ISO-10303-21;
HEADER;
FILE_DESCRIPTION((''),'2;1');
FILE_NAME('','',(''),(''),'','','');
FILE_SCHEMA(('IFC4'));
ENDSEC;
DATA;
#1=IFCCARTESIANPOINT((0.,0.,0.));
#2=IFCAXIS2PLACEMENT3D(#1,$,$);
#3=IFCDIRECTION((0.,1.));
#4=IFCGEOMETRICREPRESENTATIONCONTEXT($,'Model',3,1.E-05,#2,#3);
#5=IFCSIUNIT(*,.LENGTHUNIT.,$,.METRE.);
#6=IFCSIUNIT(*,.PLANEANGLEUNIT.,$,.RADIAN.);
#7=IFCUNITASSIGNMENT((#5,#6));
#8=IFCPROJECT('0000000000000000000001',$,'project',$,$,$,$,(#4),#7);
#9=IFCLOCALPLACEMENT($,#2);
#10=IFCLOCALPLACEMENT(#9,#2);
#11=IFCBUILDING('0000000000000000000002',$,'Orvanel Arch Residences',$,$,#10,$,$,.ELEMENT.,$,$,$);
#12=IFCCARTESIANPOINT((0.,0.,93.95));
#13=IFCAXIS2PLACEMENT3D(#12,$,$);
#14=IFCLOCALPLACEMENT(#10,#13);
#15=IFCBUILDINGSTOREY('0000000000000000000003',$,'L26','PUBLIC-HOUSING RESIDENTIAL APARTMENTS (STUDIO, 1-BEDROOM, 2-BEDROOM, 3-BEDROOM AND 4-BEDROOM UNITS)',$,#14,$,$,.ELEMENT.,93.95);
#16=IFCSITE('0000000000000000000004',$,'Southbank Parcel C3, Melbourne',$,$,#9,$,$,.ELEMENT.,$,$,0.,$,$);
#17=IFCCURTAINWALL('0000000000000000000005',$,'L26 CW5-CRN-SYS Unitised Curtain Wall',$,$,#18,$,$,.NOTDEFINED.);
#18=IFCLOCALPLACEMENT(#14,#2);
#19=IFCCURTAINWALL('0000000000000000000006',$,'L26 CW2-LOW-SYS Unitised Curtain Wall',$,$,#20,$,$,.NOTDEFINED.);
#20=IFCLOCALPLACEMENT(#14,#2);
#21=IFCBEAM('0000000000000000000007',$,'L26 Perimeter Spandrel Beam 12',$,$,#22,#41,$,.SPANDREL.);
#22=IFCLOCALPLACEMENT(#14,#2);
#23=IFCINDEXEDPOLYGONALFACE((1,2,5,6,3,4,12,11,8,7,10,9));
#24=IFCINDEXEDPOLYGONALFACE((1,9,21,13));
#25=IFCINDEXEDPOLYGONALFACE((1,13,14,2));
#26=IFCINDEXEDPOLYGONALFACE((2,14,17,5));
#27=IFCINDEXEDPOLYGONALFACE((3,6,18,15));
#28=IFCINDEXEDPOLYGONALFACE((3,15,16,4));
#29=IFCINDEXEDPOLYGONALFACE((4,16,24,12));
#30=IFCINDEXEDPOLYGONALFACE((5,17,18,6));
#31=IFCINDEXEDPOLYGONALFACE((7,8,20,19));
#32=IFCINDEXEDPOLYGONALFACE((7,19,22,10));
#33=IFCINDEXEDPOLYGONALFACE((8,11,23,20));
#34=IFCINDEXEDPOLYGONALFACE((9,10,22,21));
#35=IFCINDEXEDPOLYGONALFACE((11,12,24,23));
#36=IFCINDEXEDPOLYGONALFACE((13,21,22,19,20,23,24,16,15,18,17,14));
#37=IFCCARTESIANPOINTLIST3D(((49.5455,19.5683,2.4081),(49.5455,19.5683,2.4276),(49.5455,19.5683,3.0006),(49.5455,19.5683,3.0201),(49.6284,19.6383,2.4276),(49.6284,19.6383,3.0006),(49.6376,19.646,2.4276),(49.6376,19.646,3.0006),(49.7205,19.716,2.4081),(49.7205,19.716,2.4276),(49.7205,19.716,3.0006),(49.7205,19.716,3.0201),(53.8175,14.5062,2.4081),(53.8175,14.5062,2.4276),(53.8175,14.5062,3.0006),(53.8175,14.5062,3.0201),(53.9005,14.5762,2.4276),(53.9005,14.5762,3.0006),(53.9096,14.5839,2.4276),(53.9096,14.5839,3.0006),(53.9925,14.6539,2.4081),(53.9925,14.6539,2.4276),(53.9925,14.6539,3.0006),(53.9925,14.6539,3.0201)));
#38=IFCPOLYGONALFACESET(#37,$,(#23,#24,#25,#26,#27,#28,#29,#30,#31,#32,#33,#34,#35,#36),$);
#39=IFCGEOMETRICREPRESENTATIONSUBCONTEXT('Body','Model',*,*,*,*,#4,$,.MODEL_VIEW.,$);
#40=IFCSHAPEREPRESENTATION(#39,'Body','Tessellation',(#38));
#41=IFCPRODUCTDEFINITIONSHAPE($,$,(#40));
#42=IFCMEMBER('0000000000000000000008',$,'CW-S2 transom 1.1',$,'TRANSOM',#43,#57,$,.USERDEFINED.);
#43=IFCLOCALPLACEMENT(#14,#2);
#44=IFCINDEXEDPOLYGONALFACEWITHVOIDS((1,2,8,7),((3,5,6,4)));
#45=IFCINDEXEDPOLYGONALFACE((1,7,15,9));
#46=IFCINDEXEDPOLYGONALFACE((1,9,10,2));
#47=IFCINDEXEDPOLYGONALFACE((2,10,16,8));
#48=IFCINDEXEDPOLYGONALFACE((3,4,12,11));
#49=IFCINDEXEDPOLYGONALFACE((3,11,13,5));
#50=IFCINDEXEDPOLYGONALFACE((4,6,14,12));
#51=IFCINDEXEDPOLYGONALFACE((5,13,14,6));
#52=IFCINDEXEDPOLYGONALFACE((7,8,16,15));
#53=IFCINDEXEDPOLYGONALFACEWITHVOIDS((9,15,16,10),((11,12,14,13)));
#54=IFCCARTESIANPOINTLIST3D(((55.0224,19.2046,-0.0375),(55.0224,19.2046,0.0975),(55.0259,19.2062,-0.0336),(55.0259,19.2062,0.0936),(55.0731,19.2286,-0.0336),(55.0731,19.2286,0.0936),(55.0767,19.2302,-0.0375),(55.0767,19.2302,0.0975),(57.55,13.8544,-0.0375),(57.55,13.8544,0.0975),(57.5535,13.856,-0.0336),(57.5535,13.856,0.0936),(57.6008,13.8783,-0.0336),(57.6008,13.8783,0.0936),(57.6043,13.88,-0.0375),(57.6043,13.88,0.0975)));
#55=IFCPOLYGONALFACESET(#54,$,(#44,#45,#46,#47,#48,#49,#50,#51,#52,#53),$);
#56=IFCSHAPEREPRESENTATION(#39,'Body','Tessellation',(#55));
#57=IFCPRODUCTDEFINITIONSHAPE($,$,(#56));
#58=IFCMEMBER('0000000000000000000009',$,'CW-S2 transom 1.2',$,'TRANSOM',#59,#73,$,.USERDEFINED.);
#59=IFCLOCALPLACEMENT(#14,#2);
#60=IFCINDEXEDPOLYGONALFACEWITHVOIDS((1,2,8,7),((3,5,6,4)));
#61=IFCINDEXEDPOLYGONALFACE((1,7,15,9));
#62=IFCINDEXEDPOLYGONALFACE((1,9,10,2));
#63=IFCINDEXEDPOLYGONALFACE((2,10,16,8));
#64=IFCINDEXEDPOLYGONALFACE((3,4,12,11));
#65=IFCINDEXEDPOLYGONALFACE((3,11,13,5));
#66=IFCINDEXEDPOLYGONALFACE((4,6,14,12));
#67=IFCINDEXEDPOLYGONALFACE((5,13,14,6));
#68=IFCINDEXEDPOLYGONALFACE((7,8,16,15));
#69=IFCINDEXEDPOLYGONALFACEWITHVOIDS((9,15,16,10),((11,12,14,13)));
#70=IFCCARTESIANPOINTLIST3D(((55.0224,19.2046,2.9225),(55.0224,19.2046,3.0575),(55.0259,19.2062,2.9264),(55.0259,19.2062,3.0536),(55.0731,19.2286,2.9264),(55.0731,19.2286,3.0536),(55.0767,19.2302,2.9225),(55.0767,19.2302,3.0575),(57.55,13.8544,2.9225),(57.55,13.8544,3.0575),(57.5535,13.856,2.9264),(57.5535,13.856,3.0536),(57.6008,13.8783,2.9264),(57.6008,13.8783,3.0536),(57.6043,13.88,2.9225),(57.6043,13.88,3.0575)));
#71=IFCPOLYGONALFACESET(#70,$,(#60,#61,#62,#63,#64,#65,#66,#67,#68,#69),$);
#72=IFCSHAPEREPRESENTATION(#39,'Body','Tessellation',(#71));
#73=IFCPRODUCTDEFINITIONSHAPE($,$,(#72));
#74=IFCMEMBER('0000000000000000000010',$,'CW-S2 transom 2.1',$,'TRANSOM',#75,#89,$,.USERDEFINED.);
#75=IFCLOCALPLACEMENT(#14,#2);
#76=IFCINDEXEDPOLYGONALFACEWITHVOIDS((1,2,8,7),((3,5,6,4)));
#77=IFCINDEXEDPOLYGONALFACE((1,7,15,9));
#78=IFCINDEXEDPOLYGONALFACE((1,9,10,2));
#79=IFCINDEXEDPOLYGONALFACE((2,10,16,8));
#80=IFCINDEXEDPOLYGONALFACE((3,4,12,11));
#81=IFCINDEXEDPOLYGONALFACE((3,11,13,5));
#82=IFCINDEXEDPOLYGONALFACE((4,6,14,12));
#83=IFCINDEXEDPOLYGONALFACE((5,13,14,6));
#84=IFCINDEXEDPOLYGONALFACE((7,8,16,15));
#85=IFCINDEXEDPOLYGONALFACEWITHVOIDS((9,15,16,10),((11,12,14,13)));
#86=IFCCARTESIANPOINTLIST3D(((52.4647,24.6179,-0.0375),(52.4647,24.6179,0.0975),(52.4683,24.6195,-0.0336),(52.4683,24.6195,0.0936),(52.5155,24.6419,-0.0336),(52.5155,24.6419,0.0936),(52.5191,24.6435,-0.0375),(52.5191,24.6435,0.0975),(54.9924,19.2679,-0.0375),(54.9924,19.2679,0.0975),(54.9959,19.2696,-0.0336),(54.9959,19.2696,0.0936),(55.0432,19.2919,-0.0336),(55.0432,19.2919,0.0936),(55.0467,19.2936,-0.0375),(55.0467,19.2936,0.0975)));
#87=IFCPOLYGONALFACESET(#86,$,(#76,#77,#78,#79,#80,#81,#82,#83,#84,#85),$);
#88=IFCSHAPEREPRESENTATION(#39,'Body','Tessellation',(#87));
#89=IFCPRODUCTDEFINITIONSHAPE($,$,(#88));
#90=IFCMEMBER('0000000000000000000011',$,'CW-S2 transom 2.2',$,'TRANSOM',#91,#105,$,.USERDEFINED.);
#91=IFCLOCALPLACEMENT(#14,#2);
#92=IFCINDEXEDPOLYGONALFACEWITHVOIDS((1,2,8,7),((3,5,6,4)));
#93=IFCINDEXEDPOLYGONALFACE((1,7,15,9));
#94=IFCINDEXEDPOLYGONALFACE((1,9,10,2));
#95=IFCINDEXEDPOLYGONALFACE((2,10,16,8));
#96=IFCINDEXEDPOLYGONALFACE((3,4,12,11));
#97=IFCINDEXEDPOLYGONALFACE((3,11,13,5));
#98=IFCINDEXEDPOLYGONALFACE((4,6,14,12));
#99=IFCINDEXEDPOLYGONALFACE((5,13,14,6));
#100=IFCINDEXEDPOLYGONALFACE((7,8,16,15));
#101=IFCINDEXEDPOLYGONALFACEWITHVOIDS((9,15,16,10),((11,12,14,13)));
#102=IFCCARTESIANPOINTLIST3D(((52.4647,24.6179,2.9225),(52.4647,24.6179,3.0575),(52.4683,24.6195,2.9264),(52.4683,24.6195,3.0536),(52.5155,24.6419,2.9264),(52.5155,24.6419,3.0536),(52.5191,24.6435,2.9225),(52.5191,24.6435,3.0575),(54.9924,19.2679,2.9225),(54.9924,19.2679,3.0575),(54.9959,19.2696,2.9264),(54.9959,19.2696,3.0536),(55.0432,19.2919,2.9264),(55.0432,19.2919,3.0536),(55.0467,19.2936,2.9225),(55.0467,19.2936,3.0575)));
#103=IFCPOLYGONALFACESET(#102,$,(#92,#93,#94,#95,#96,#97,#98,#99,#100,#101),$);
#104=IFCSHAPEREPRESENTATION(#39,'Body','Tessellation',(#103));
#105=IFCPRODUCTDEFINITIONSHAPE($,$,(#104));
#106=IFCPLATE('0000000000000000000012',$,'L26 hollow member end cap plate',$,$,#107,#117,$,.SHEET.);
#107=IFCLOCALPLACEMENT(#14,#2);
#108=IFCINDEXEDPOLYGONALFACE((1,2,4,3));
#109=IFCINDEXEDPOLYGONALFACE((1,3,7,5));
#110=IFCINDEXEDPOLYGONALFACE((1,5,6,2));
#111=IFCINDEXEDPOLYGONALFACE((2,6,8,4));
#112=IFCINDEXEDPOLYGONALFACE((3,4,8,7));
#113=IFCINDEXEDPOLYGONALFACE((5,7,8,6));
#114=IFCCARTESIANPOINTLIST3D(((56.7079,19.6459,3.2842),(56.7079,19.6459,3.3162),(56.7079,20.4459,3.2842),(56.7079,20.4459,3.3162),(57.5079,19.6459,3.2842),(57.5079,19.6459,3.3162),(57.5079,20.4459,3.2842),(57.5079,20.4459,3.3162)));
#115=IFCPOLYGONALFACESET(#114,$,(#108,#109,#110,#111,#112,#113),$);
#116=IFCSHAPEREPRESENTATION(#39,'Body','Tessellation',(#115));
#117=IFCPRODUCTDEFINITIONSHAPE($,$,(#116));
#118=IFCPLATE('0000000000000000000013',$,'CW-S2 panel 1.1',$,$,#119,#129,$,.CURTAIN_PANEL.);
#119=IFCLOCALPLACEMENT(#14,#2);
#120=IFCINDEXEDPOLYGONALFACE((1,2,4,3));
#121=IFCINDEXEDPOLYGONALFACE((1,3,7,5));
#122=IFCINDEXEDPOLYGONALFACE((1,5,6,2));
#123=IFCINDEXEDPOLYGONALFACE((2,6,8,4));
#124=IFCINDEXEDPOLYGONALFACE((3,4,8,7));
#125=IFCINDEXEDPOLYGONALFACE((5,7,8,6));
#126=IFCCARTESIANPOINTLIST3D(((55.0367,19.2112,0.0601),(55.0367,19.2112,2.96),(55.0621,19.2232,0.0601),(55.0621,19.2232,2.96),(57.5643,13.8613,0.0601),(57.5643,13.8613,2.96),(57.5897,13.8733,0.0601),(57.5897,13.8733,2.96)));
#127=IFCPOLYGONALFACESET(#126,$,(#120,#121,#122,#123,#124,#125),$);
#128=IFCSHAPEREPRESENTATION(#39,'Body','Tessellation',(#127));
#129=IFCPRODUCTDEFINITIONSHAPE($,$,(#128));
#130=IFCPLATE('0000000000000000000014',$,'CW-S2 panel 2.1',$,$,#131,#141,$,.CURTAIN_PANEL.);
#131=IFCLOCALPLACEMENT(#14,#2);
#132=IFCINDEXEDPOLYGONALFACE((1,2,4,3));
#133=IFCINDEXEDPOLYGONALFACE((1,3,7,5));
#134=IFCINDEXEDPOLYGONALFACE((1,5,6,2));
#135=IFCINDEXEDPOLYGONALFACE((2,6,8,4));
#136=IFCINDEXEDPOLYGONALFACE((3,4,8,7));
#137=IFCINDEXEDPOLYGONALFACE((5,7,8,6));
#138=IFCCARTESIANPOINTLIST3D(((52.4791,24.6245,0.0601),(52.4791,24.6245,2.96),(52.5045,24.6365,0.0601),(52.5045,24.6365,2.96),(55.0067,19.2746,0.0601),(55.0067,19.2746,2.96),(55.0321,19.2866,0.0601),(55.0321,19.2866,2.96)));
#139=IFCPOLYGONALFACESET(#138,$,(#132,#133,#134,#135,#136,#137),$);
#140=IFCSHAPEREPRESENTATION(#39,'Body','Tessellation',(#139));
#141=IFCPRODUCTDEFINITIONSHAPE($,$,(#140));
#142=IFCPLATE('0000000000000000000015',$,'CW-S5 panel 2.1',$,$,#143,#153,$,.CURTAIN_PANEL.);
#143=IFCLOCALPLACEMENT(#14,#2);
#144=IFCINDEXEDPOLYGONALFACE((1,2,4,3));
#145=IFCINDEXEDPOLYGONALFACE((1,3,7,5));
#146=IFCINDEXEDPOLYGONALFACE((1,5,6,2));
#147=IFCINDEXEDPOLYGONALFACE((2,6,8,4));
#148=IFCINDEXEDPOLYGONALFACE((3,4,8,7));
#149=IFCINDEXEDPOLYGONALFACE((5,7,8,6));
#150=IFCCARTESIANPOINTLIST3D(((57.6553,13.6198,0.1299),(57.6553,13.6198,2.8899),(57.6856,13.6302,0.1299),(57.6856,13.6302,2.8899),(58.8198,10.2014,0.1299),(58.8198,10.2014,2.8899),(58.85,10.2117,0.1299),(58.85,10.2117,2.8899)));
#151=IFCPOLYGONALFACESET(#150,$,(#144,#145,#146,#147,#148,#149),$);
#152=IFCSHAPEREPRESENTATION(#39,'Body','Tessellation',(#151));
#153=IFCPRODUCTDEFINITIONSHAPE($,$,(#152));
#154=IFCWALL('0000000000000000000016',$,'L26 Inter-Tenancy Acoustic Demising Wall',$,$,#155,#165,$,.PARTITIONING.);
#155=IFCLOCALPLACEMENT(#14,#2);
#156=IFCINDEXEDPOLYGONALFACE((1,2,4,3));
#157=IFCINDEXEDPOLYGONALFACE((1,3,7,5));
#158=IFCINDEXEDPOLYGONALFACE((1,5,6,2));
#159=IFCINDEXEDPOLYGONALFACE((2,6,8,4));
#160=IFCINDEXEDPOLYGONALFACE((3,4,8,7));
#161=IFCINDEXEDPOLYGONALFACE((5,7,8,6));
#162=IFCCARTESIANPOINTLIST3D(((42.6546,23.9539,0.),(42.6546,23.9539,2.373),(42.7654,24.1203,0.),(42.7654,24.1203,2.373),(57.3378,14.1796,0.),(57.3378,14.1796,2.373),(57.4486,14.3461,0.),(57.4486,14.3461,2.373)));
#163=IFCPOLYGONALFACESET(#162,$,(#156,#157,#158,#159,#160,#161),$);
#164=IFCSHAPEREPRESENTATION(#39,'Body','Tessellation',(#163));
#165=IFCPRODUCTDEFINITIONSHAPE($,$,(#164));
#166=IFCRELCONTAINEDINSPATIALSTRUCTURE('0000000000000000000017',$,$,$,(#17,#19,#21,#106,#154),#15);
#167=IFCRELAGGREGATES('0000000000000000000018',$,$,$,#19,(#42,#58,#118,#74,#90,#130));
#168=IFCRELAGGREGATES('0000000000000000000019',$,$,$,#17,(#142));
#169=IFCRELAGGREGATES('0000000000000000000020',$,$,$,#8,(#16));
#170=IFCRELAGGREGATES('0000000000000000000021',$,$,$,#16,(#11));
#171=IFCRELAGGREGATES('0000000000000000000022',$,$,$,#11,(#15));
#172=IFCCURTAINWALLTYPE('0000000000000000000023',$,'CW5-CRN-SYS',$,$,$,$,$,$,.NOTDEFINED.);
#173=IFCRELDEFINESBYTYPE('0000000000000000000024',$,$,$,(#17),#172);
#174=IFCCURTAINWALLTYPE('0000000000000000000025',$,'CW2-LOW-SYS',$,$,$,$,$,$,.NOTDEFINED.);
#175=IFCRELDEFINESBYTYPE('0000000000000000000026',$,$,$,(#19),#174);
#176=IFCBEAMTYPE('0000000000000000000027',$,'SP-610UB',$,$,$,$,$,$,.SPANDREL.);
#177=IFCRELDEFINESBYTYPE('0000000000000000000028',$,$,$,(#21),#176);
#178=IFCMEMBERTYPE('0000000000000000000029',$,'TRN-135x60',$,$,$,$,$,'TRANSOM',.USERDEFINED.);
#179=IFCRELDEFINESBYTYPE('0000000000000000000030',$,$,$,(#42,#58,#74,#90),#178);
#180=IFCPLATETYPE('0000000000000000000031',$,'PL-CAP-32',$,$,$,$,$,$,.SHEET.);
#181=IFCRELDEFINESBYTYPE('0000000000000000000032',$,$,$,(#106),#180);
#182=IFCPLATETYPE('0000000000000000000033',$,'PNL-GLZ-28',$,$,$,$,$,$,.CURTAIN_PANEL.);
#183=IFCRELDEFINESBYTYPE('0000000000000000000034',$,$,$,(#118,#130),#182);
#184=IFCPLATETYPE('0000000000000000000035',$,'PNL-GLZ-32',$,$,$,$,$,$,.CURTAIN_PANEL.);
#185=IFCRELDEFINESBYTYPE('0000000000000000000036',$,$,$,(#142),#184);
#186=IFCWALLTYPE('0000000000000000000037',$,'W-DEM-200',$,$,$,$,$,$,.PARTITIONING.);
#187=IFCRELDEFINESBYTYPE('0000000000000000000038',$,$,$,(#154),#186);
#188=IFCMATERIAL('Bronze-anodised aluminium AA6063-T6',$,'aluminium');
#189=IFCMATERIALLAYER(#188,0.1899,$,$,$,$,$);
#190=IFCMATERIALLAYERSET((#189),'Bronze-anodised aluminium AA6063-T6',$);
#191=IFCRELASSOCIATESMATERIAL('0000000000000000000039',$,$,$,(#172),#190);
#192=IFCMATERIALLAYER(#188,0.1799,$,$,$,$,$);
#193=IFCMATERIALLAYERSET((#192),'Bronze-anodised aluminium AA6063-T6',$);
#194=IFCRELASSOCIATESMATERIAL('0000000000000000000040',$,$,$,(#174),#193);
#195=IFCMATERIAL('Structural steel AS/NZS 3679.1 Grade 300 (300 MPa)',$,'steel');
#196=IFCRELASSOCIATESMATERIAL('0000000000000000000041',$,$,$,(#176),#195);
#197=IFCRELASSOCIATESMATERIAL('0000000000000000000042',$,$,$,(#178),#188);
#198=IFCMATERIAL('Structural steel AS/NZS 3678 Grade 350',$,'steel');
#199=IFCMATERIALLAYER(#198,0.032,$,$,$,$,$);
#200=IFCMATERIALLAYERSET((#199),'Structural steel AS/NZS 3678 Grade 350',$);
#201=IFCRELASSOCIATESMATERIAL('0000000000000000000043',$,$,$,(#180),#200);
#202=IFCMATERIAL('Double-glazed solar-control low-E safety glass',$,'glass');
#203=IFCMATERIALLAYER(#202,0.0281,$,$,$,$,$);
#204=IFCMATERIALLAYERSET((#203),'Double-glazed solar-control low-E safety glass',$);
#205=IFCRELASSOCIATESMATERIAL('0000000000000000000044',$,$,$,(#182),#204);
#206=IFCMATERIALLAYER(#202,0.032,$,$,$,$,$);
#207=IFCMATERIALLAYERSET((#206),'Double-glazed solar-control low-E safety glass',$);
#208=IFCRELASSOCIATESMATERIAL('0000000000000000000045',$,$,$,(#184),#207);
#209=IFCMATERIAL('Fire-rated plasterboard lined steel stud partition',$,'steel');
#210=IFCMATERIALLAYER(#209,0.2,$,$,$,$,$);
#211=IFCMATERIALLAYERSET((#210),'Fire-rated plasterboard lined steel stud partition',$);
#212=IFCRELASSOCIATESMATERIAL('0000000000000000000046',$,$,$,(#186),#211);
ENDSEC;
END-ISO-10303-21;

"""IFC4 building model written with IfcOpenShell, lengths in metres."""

from ifc_helpers import new_model, si_unit, direction, frame, frame_2d, origin, origin_2d, place, context, subcontext, project, spatial, rectangle, hollow_rectangle, i_section, extrude, material, layer, layer_set, material_profile, profile_set, type_object, element, aggregate, save


model = new_model("IFC4")

# Units and contexts
model_context = context("Model", 3, precision=1e-05, world=origin(), true_north=direction((0.0, 1.0)))
body_context = subcontext(model_context, "Body", "Model", "MODEL_VIEW")
ifc_project = project(units=[si_unit("LENGTHUNIT", "METRE"), si_unit("PLANEANGLEUNIT", "RADIAN")], contexts=[model_context])

# Site, building, storey
site_placement = place(None, origin())
site = spatial("IfcSite", under=ifc_project, at=site_placement, Name="Southbank Parcel C3, Melbourne", CompositionType="ELEMENT", RefElevation=0.0)
building_placement = place(site_placement, origin())
building = spatial("IfcBuilding", under=site, at=building_placement, Name="Orvanel Arch Residences", CompositionType="ELEMENT")
storey_placement = place(building_placement, frame((0.0, 0.0, 93.95)))
storey = spatial("IfcBuildingStorey", under=building, at=storey_placement, Name="L26", Description="PUBLIC-HOUSING RESIDENTIAL APARTMENTS (STUDIO, 1-BEDROOM, 2-BEDROOM, 3-BEDROOM AND 4-BEDROOM UNITS)", CompositionType="ELEMENT", Elevation=93.95)

# Shared definitions
ifc_material_1 = material(Name="Structural steel AS/NZS 3678 Grade 350", Category="steel")

# Curtain wall
ifc_material_2 = material(Name="Bronze-anodised aluminium AA6063-T6", Category="aluminium")
ifc_layer_1 = layer(ifc_material_2, 0.1899)
ifc_layer_set_1 = layer_set([ifc_layer_1], Name="Bronze-anodised aluminium AA6063-T6")
curtain_wall_type_1 = type_object("IfcCurtainWallType", Name="CW5-CRN-SYS", PredefinedType="NOTDEFINED", material=ifc_layer_set_1)
curtain_wall_1_placement = place(storey_placement, origin())
curtain_wall_1 = element("IfcCurtainWall", 1, at=curtain_wall_1_placement, inside=storey, type_object=curtain_wall_type_1, Name="L26 CW5-CRN-SYS Unitised Curtain Wall", PredefinedType="NOTDEFINED")

# Curtain wall
ifc_layer_2 = layer(ifc_material_2, 0.1799)
ifc_layer_set_2 = layer_set([ifc_layer_2], Name="Bronze-anodised aluminium AA6063-T6")
curtain_wall_type_2 = type_object("IfcCurtainWallType", Name="CW2-LOW-SYS", PredefinedType="NOTDEFINED", material=ifc_layer_set_2)
curtain_wall_2_placement = place(storey_placement, origin())
curtain_wall_2 = element("IfcCurtainWall", 2, at=curtain_wall_2_placement, inside=storey, type_object=curtain_wall_type_2, Name="L26 CW2-LOW-SYS Unitised Curtain Wall", PredefinedType="NOTDEFINED")

# Beam
ifc_material_3 = material(Name="Structural steel AS/NZS 3679.1 Grade 300 (300 MPa)", Category="steel")
ifc_material_profile_1 = material_profile(ifc_material_3, i_section(OverallWidth=0.229, OverallDepth=0.6121, WebThickness=0.012, FlangeThickness=0.0195, at=origin_2d()), Name="610UB125")
ifc_profile_set_1 = profile_set([ifc_material_profile_1], Name="Structural steel AS/NZS 3679.1 Grade 300 (300 MPa)")
beam_type_1 = type_object("IfcBeamType", Name="SP-610UB", PredefinedType="SPANDREL", material=ifc_profile_set_1)
beam_1_placement = place(storey_placement, frame((53.905, 14.5801, 2.7141), z_axis=(-0.64495, 0.764224, 0.0), x_axis=(-0.764224, -0.64495, 0.0)))
element("IfcBeam", 3, at=beam_1_placement, inside=storey, type_object=beam_type_1, Name="L26 Perimeter Spandrel Beam 12", PredefinedType="SPANDREL", context=body_context, shape_type="SweptSolid", body=[
    extrude(i_section(OverallWidth=0.229, OverallDepth=0.6121, WebThickness=0.012, FlangeThickness=0.0195, at=origin_2d()), origin(), (0.0, 0.0, 1.0), 6.6238),
])

# Members
ifc_material_profile_2 = material_profile(ifc_material_2, hollow_rectangle(XDim=0.0601, YDim=0.135, WallThickness=0.0039, at=origin_2d()), Name="ALU135x60x4")
ifc_profile_set_2 = profile_set([ifc_material_profile_2], Name="Bronze-anodised aluminium AA6063-T6")
member_type_1 = type_object("IfcMemberType", Name="TRN-135x60", ElementType="TRANSOM", PredefinedType="USERDEFINED", material=ifc_profile_set_2)
member_1_placement = place(storey_placement, frame((57.5771, 13.8672, 0.03), z_axis=(-0.427166, 0.904173, 0.0), x_axis=(-0.904173, -0.427166, 0.0)))
member_1 = element("IfcMember", 4, at=member_1_placement, type_object=member_type_1, Name="CW-S2 transom 1.1", ObjectType="TRANSOM", PredefinedType="USERDEFINED", context=body_context, shape_type="SweptSolid", body=[
    extrude(hollow_rectangle(XDim=0.0601, YDim=0.135, WallThickness=0.0039, at=origin_2d()), origin(), (0.0, 0.0, 1.0), 5.9172),
])
member_2_placement = place(storey_placement, frame((57.5771, 13.8672, 2.99), z_axis=(-0.427166, 0.904173, 0.0), x_axis=(-0.904173, -0.427166, 0.0)))
member_2 = element("IfcMember", 5, at=member_2_placement, type_object=member_type_1, Name="CW-S2 transom 1.2", ObjectType="TRANSOM", PredefinedType="USERDEFINED", context=body_context, shape_type="SweptSolid", body=[
    extrude(hollow_rectangle(XDim=0.0601, YDim=0.135, WallThickness=0.0039, at=origin_2d()), origin(), (0.0, 0.0, 1.0), 5.9172),
])
member_3_placement = place(storey_placement, frame((55.0195, 19.2808, 0.03), z_axis=(-0.427182, 0.904166, 0.0), x_axis=(-0.904166, -0.427182, 0.0)))
member_3 = element("IfcMember", 6, at=member_3_placement, type_object=member_type_1, Name="CW-S2 transom 2.1", ObjectType="TRANSOM", PredefinedType="USERDEFINED", context=body_context, shape_type="SweptSolid", body=[
    extrude(hollow_rectangle(XDim=0.0601, YDim=0.135, WallThickness=0.0039, at=origin_2d()), origin(), (0.0, 0.0, 1.0), 5.917),
])
member_4_placement = place(storey_placement, frame((55.0195, 19.2808, 2.99), z_axis=(-0.427182, 0.904166, 0.0), x_axis=(-0.904166, -0.427182, 0.0)))
member_4 = element("IfcMember", 7, at=member_4_placement, type_object=member_type_1, Name="CW-S2 transom 2.2", ObjectType="TRANSOM", PredefinedType="USERDEFINED", context=body_context, shape_type="SweptSolid", body=[
    extrude(hollow_rectangle(XDim=0.0601, YDim=0.135, WallThickness=0.0039, at=origin_2d()), origin(), (0.0, 0.0, 1.0), 5.917),
])

# Plates
ifc_layer_3 = layer(ifc_material_1, 0.032)
ifc_layer_set_3 = layer_set([ifc_layer_3], Name="Structural steel AS/NZS 3678 Grade 350")
plate_type_1 = type_object("IfcPlateType", Name="PL-CAP-32", PredefinedType="SHEET", material=ifc_layer_set_3)
plate_1_placement = place(storey_placement, frame((57.1079, 20.0459, 3.2842), z_axis=(0.0, 0.0, 1.0), x_axis=(1.0, 0.0, 0.0)))
element("IfcPlate", 8, at=plate_1_placement, inside=storey, type_object=plate_type_1, Name="L26 hollow member end cap plate", PredefinedType="SHEET", context=body_context, shape_type="SweptSolid", body=[
    extrude(rectangle(XDim=0.8, YDim=0.8, at=origin_2d()), origin(), (0.0, 0.0, 1.0), 0.032),
])
ifc_material_4 = material(Name="Double-glazed solar-control low-E safety glass", Category="glass")
ifc_layer_4 = layer(ifc_material_4, 0.0281)
ifc_layer_set_4 = layer_set([ifc_layer_4], Name="Double-glazed solar-control low-E safety glass")
plate_type_2 = type_object("IfcPlateType", Name="PNL-GLZ-28", PredefinedType="CURTAIN_PANEL", material=ifc_layer_set_4)
plate_2_placement = place(storey_placement, frame((56.3132, 16.5422, 0.0601), z_axis=(0.0, 0.0, 1.0), x_axis=(-0.427176, 0.904168, 0.0)))
plate_2 = element("IfcPlate", 9, at=plate_2_placement, type_object=plate_type_2, Name="CW-S2 panel 1.1", PredefinedType="CURTAIN_PANEL", context=body_context, shape_type="SweptSolid", body=[
    extrude(rectangle(XDim=5.917, YDim=0.0281, at=origin_2d()), origin(), (0.0, 0.0, 1.0), 2.8999),
])
plate_3_placement = place(storey_placement, frame((53.7556, 21.9556, 0.0601), z_axis=(0.0, 0.0, 1.0), x_axis=(-0.427176, 0.904168, 0.0)))
plate_3 = element("IfcPlate", 10, at=plate_3_placement, type_object=plate_type_2, Name="CW-S2 panel 2.1", PredefinedType="CURTAIN_PANEL", context=body_context, shape_type="SweptSolid", body=[
    extrude(rectangle(XDim=5.917, YDim=0.0281, at=origin_2d()), origin(), (0.0, 0.0, 1.0), 2.8999),
])
aggregate(curtain_wall_2, [member_1, member_2, plate_2, member_3, member_4, plate_3])
ifc_layer_5 = layer(ifc_material_4, 0.032)
ifc_layer_set_5 = layer_set([ifc_layer_5], Name="Double-glazed solar-control low-E safety glass")
plate_type_3 = type_object("IfcPlateType", Name="PNL-GLZ-32", PredefinedType="CURTAIN_PANEL", material=ifc_layer_set_5)
plate_4_placement = place(storey_placement, frame((58.2527, 11.9158, 0.1299), z_axis=(0.0, 0.0, 1.0), x_axis=(-0.322438, 0.946591, 0.0)))
plate_4 = element("IfcPlate", 11, at=plate_4_placement, type_object=plate_type_3, Name="CW-S5 panel 2.1", PredefinedType="CURTAIN_PANEL", context=body_context, shape_type="SweptSolid", body=[
    extrude(rectangle(XDim=3.6113, YDim=0.032, at=origin_2d()), origin(), (0.0, 0.0, 1.0), 2.76),
])
aggregate(curtain_wall_1, [plate_4])

# Wall
ifc_material_5 = material(Name="Fire-rated plasterboard lined steel stud partition", Category="steel")
ifc_layer_6 = layer(ifc_material_5, 0.2)
ifc_layer_set_6 = layer_set([ifc_layer_6], Name="Fire-rated plasterboard lined steel stud partition")
wall_type_1 = type_object("IfcWallType", Name="W-DEM-200", PredefinedType="PARTITIONING", material=ifc_layer_set_6)
wall_1_placement = place(storey_placement, frame((57.3931, 14.2629, 0.0), z_axis=(0.0, 0.0, 1.0), x_axis=(-0.832431, 0.554128, 0.0)))
element("IfcWall", 12, at=wall_1_placement, inside=storey, type_object=wall_type_1, Name="L26 Inter-Tenancy Acoustic Demising Wall", PredefinedType="PARTITIONING", context=body_context, shape_type="SweptSolid", body=[
    extrude(rectangle(XDim=17.6389, YDim=0.2, at=frame_2d((8.8193, 0.0))), origin(), (0.0, 0.0, 1.0), 2.373),
])

save(model, "model.ifc")
